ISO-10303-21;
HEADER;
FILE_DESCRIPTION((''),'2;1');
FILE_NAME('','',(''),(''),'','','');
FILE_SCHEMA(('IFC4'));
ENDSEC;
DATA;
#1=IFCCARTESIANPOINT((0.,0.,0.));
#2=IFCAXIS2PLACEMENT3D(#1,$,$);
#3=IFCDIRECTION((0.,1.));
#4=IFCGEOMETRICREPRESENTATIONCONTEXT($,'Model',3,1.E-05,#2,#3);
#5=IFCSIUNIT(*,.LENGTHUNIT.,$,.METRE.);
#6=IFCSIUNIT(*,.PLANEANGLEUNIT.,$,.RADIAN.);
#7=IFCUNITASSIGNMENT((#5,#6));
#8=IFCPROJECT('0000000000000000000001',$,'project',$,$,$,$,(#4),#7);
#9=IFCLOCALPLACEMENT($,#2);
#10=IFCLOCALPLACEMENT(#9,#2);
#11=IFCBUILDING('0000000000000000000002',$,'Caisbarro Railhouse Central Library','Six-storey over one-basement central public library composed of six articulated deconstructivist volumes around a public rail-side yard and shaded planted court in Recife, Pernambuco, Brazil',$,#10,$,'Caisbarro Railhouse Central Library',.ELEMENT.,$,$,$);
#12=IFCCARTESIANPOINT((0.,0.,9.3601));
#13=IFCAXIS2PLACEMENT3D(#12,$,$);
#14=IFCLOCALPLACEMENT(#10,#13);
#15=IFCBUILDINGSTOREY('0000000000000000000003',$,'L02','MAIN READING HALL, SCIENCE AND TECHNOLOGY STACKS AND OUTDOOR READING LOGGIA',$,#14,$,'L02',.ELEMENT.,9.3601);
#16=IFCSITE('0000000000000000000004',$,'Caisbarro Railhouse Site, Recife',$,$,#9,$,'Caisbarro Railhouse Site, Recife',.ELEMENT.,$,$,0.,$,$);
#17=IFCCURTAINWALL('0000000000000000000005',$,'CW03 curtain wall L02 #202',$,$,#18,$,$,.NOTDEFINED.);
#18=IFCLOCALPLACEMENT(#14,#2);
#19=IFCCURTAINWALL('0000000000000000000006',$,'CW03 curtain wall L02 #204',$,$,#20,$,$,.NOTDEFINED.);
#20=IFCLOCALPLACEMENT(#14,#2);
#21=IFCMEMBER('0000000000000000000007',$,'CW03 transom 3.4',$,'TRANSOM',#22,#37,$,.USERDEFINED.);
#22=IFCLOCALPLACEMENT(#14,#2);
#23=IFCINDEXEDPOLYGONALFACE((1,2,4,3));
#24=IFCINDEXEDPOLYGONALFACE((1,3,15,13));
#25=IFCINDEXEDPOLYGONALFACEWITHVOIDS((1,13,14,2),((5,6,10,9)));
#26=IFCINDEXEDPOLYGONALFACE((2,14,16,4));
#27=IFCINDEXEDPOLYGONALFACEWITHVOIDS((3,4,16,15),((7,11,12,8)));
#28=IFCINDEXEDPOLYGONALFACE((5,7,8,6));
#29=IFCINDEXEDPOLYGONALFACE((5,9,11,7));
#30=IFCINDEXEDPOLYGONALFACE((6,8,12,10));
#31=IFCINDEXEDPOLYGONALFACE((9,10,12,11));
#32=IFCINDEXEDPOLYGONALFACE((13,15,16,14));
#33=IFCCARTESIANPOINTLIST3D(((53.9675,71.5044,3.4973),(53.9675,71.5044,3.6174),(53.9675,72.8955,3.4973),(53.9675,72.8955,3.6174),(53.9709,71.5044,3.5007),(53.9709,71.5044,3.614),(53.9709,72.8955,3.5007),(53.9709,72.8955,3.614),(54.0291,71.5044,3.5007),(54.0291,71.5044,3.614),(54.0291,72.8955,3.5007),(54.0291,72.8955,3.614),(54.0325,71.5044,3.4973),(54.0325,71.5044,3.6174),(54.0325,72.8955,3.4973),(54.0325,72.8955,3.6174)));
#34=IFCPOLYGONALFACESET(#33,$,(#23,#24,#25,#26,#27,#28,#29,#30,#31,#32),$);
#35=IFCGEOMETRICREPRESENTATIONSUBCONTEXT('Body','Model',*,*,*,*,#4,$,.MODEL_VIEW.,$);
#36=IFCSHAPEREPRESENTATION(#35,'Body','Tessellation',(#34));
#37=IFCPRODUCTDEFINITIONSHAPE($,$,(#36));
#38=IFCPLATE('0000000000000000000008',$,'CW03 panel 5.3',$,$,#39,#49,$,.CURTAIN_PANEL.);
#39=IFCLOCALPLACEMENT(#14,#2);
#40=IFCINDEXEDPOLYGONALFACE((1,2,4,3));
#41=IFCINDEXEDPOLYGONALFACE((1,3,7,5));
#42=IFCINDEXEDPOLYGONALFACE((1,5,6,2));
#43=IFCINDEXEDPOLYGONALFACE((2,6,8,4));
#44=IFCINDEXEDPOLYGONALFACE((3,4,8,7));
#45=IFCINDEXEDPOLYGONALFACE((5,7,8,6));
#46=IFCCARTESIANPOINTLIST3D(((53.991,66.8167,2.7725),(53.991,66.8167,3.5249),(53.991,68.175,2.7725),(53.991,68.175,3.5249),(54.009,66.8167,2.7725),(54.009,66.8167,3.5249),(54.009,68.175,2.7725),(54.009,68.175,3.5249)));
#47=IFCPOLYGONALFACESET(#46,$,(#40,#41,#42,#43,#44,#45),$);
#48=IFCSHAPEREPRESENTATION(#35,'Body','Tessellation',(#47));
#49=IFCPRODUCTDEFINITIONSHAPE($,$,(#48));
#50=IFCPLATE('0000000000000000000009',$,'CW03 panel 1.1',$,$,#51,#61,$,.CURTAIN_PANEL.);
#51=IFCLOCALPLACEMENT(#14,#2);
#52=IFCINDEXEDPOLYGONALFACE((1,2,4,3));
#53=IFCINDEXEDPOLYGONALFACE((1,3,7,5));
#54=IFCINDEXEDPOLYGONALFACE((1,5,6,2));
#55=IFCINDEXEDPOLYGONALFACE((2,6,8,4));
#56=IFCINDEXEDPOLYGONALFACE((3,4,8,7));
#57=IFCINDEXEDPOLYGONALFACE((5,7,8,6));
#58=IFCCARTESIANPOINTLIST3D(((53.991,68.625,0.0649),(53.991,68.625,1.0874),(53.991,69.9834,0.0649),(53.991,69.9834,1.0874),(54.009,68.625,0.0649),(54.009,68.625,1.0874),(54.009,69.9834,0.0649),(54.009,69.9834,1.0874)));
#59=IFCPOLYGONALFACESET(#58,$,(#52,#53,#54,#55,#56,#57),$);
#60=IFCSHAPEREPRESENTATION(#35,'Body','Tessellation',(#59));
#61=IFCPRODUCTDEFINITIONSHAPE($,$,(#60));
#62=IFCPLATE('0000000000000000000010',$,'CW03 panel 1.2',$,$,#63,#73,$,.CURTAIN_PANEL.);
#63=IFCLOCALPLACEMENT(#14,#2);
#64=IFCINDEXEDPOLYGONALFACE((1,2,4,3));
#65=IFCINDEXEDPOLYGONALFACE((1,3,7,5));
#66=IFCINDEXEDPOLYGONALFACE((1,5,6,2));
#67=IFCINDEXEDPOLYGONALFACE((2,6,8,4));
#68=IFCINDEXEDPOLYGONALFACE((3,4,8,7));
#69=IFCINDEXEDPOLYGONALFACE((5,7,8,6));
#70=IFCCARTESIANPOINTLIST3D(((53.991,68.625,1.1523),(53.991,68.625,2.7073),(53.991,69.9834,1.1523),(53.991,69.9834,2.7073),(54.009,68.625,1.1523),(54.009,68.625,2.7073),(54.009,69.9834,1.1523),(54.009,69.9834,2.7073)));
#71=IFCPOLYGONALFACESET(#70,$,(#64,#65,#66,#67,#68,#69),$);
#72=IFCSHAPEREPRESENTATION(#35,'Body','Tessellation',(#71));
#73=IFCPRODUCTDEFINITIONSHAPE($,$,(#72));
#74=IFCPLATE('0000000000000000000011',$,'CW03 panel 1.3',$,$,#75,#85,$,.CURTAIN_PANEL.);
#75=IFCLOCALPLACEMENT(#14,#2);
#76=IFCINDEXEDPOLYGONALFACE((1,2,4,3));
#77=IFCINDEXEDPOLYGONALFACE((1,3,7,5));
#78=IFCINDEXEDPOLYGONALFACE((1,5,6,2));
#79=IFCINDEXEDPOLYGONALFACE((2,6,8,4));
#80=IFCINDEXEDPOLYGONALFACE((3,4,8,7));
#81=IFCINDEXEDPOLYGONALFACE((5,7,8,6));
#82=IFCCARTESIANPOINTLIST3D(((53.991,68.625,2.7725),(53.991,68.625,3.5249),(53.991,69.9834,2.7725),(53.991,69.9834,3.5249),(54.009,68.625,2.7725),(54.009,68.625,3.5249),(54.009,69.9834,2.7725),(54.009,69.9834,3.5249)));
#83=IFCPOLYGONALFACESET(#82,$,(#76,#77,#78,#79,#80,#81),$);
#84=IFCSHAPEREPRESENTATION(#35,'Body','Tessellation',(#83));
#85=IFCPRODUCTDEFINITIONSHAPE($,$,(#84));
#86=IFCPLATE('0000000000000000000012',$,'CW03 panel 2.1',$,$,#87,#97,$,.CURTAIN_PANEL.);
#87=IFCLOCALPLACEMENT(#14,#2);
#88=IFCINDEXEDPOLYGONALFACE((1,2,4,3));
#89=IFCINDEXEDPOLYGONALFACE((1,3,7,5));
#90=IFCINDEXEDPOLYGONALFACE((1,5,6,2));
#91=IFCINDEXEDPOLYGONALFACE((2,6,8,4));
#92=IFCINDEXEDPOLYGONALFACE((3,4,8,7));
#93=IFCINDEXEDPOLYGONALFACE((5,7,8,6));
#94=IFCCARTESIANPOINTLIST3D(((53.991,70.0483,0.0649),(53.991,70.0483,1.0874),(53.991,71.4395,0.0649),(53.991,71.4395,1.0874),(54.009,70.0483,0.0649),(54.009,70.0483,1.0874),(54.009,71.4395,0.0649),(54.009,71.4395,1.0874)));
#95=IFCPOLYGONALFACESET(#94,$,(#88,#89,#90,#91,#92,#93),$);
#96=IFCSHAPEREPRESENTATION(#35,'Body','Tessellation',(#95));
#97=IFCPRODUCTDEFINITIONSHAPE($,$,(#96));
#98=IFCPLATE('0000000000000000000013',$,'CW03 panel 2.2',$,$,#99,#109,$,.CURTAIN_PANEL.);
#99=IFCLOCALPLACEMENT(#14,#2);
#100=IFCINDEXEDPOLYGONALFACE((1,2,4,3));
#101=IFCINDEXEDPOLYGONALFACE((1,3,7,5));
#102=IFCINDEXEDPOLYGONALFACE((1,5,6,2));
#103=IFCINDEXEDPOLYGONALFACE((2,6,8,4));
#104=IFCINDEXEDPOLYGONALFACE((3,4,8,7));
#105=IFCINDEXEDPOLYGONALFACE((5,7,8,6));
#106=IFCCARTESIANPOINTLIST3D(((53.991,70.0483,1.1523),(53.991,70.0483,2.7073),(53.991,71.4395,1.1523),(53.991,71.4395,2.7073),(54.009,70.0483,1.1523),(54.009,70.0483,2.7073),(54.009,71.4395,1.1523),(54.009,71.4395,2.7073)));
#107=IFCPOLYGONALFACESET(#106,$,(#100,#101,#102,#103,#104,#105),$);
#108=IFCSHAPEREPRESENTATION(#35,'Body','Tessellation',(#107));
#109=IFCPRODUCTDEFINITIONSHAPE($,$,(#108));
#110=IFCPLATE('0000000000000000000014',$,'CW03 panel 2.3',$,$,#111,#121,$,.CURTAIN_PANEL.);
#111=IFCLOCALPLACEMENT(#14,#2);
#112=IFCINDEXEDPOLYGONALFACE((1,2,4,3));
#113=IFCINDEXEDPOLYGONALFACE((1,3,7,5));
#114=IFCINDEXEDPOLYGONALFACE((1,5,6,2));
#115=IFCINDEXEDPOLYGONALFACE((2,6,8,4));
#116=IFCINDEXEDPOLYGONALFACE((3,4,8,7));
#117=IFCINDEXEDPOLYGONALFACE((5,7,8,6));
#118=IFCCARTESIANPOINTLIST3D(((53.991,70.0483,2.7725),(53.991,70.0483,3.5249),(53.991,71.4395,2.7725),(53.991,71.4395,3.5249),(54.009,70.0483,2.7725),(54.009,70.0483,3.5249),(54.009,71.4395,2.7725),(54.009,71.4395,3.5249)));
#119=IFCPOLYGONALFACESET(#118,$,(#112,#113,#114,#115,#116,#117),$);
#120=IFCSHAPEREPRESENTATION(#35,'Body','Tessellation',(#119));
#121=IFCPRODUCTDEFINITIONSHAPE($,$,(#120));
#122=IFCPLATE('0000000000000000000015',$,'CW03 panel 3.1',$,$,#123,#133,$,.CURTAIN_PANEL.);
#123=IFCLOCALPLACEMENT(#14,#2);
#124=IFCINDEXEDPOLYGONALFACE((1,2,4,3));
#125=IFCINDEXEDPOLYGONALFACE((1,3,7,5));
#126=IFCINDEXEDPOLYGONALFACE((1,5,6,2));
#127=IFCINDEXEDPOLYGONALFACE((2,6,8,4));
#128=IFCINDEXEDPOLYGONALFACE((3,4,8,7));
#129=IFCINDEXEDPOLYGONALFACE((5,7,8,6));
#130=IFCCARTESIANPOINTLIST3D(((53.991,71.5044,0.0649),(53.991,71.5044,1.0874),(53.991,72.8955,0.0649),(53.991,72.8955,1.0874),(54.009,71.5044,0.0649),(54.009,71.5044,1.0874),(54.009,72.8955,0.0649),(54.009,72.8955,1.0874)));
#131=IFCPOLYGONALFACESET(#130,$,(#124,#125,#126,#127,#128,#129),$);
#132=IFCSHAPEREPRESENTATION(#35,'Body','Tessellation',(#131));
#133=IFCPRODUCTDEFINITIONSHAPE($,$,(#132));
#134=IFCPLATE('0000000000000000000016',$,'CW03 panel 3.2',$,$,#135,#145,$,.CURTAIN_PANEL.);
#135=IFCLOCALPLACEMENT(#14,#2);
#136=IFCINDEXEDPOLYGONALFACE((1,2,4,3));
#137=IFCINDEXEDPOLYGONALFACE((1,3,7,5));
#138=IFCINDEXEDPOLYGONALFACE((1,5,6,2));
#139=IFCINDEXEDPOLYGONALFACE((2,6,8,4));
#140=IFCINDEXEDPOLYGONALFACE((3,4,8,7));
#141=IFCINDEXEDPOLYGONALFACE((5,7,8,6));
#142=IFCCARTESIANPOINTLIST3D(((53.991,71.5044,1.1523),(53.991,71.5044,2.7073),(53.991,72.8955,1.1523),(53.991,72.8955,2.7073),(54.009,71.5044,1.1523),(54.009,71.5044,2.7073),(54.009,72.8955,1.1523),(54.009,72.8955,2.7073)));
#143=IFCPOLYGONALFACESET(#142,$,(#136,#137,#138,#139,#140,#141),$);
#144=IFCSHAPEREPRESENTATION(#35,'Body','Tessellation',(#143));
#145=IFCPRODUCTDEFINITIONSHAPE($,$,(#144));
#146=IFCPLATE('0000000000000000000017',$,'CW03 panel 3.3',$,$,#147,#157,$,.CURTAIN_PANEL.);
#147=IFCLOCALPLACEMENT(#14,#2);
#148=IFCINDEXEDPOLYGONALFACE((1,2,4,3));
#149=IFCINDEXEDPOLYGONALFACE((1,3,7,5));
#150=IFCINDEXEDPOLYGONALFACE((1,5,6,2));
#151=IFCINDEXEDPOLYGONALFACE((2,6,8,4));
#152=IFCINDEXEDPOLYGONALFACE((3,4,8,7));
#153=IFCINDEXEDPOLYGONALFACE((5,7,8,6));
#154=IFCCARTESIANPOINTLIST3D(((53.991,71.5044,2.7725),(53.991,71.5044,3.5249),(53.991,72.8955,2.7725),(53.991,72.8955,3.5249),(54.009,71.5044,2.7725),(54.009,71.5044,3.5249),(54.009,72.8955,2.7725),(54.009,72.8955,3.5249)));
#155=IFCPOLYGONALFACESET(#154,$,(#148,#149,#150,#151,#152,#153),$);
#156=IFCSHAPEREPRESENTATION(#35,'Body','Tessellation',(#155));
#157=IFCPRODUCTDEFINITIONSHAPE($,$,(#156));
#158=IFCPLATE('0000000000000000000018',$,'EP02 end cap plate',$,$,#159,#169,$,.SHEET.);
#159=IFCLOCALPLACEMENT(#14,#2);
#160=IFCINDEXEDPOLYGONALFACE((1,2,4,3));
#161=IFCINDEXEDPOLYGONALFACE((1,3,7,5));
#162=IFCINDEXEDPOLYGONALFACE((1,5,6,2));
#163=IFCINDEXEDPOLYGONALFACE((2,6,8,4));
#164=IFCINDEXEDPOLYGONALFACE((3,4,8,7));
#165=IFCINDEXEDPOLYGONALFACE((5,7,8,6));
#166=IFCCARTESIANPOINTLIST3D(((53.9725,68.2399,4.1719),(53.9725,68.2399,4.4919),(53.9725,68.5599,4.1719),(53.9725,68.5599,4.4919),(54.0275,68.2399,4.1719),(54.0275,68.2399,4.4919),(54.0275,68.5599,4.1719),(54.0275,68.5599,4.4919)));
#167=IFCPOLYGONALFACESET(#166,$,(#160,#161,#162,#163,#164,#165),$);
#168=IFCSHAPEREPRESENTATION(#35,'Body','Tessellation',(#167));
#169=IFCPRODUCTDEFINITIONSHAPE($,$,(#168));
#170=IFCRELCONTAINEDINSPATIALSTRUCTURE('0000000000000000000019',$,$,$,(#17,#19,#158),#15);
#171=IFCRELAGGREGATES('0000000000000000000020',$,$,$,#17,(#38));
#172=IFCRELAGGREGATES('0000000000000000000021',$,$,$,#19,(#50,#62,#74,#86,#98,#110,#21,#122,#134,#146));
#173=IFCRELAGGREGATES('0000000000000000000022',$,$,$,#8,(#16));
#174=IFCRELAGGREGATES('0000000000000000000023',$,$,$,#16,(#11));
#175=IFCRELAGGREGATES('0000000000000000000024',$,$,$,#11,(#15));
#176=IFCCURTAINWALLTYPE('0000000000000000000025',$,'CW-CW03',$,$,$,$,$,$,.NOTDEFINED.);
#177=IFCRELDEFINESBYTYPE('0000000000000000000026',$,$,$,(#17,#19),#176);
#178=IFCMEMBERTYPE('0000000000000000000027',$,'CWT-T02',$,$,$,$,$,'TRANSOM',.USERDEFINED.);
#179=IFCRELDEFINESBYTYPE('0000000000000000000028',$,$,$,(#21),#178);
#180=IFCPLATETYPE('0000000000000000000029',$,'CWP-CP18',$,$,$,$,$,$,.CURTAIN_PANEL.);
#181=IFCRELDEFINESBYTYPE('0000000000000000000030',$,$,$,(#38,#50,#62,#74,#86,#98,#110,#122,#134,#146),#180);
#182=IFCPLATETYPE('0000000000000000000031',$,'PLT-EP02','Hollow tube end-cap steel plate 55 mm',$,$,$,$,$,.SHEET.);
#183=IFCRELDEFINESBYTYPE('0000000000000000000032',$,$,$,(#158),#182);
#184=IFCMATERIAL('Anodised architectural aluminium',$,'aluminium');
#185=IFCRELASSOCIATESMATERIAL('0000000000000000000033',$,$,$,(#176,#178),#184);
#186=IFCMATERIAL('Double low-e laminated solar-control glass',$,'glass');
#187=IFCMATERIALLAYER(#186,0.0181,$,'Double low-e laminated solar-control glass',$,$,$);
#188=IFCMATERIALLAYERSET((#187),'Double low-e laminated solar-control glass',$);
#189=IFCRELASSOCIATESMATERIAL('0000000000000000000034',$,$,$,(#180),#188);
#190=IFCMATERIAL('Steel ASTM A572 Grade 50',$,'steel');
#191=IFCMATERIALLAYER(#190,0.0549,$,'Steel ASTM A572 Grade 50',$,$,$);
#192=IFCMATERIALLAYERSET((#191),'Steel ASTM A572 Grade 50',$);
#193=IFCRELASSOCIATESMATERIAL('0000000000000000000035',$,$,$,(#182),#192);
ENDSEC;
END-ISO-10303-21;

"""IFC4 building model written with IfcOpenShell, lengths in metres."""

from ifc_helpers import new_model, si_unit, direction, frame, origin, origin_2d, place, context, subcontext, project, spatial, rectangle, hollow_rectangle, extrude, material, layer, layer_set, material_profile, profile_set, type_object, element, aggregate, save


model = new_model("IFC4")

# Units and contexts
model_context = context("Model", 3, precision=1e-05, world=origin(), true_north=direction((0.0, 1.0)))
body_context = subcontext(model_context, "Body", "Model", "MODEL_VIEW")
ifc_project = project(units=[si_unit("LENGTHUNIT", "METRE"), si_unit("PLANEANGLEUNIT", "RADIAN")], contexts=[model_context])

# Site, building, storey
site_placement = place(None, origin())
site = spatial("IfcSite", under=ifc_project, at=site_placement, Name="Caisbarro Railhouse Site, Recife", LongName="Caisbarro Railhouse Site, Recife", CompositionType="ELEMENT", RefElevation=0.0)
building_placement = place(site_placement, origin())
building = spatial("IfcBuilding", under=site, at=building_placement, Name="Caisbarro Railhouse Central Library", Description="Six-storey over one-basement central public library composed of six articulated deconstructivist volumes around a public rail-side yard and shaded planted court in Recife, Pernambuco, Brazil", LongName="Caisbarro Railhouse Central Library", CompositionType="ELEMENT")
storey_placement = place(building_placement, frame((0.0, 0.0, 9.3601)))
storey = spatial("IfcBuildingStorey", under=building, at=storey_placement, Name="L02", Description="MAIN READING HALL, SCIENCE AND TECHNOLOGY STACKS AND OUTDOOR READING LOGGIA", LongName="L02", CompositionType="ELEMENT", Elevation=9.3601)

# Shared definitions
ifc_material_1 = material(Name="Steel ASTM A572 Grade 50", Category="steel")

# Curtain wall
ifc_material_2 = material(Name="Anodised architectural aluminium", Category="aluminium")
curtain_wall_type = type_object("IfcCurtainWallType", Name="CW-CW03", PredefinedType="NOTDEFINED", material=ifc_material_2)
curtain_wall_1_placement = place(storey_placement, origin())
curtain_wall_1 = element("IfcCurtainWall", 1, at=curtain_wall_1_placement, inside=storey, type_object=curtain_wall_type, Name="CW03 curtain wall L02 #202", PredefinedType="NOTDEFINED")

# Curtain wall, member
curtain_wall_2_placement = place(storey_placement, origin())
curtain_wall_2 = element("IfcCurtainWall", 2, at=curtain_wall_2_placement, inside=storey, type_object=curtain_wall_type, Name="CW03 curtain wall L02 #204", PredefinedType="NOTDEFINED")
ifc_material_profile_1 = material_profile(ifc_material_2, hollow_rectangle(XDim=0.0649, YDim=0.1201, WallThickness=0.0034, at=origin_2d()), Name="ALU-TRN-65X120")
ifc_profile_set_1 = profile_set([ifc_material_profile_1], Name="Anodised architectural aluminium")
member_type_1 = type_object("IfcMemberType", Name="CWT-T02", ElementType="TRANSOM", PredefinedType="USERDEFINED", material=ifc_profile_set_1)
member_1_placement = place(storey_placement, frame((54.0, 71.5044, 3.5574), z_axis=(0.0, 1.0, 0.0), x_axis=(-1.0, 0.0, 0.0)))
member_1 = element("IfcMember", 3, at=member_1_placement, type_object=member_type_1, Name="CW03 transom 3.4", ObjectType="TRANSOM", PredefinedType="USERDEFINED", context=body_context, shape_type="SweptSolid", body=[
    extrude(hollow_rectangle(XDim=0.0649, YDim=0.1201, WallThickness=0.0034, at=origin_2d()), origin(), (0.0, 0.0, 1.0), 1.3911),
])

# Plates
ifc_material_3 = material(Name="Double low-e laminated solar-control glass", Category="glass")
ifc_layer_1 = layer(ifc_material_3, 0.0181, Name="Double low-e laminated solar-control glass")
ifc_layer_set_1 = layer_set([ifc_layer_1], Name="Double low-e laminated solar-control glass")
plate_type_1 = type_object("IfcPlateType", Name="CWP-CP18", PredefinedType="CURTAIN_PANEL", material=ifc_layer_set_1)
plate_1_placement = place(storey_placement, frame((54.0, 67.4958, 2.7725), z_axis=(0.0, 0.0, 1.0), x_axis=(0.0, 1.0, 0.0)))
plate_1 = element("IfcPlate", 4, at=plate_1_placement, type_object=plate_type_1, Name="CW03 panel 5.3", PredefinedType="CURTAIN_PANEL", context=body_context, shape_type="SweptSolid", body=[
    extrude(rectangle(XDim=1.3584, YDim=0.0181, at=origin_2d()), origin(), (0.0, 0.0, 1.0), 0.7524),
])
aggregate(curtain_wall_1, [plate_1])
plate_2_placement = place(storey_placement, frame((54.0, 69.3042, 0.0649), z_axis=(0.0, 0.0, 1.0), x_axis=(0.0, 1.0, 0.0)))
plate_2 = element("IfcPlate", 5, at=plate_2_placement, type_object=plate_type_1, Name="CW03 panel 1.1", PredefinedType="CURTAIN_PANEL", context=body_context, shape_type="SweptSolid", body=[
    extrude(rectangle(XDim=1.3584, YDim=0.0181, at=origin_2d()), origin(), (0.0, 0.0, 1.0), 1.0225),
])
plate_3_placement = place(storey_placement, frame((54.0, 69.3042, 1.1523), z_axis=(0.0, 0.0, 1.0), x_axis=(0.0, 1.0, 0.0)))
plate_3 = element("IfcPlate", 6, at=plate_3_placement, type_object=plate_type_1, Name="CW03 panel 1.2", PredefinedType="CURTAIN_PANEL", context=body_context, shape_type="SweptSolid", body=[
    extrude(rectangle(XDim=1.3584, YDim=0.0181, at=origin_2d()), origin(), (0.0, 0.0, 1.0), 1.5549),
])
plate_4_placement = place(storey_placement, frame((54.0, 69.3042, 2.7725), z_axis=(0.0, 0.0, 1.0), x_axis=(0.0, 1.0, 0.0)))
plate_4 = element("IfcPlate", 7, at=plate_4_placement, type_object=plate_type_1, Name="CW03 panel 1.3", PredefinedType="CURTAIN_PANEL", context=body_context, shape_type="SweptSolid", body=[
    extrude(rectangle(XDim=1.3584, YDim=0.0181, at=origin_2d()), origin(), (0.0, 0.0, 1.0), 0.7524),
])
plate_5_placement = place(storey_placement, frame((54.0, 70.7439, 0.0649), z_axis=(0.0, 0.0, 1.0), x_axis=(0.0, 1.0, 0.0)))
plate_5 = element("IfcPlate", 8, at=plate_5_placement, type_object=plate_type_1, Name="CW03 panel 2.1", PredefinedType="CURTAIN_PANEL", context=body_context, shape_type="SweptSolid", body=[
    extrude(rectangle(XDim=1.3911, YDim=0.0181, at=origin_2d()), origin(), (0.0, 0.0, 1.0), 1.0225),
])
plate_6_placement = place(storey_placement, frame((54.0, 70.7439, 1.1523), z_axis=(0.0, 0.0, 1.0), x_axis=(0.0, 1.0, 0.0)))
plate_6 = element("IfcPlate", 9, at=plate_6_placement, type_object=plate_type_1, Name="CW03 panel 2.2", PredefinedType="CURTAIN_PANEL", context=body_context, shape_type="SweptSolid", body=[
    extrude(rectangle(XDim=1.3911, YDim=0.0181, at=origin_2d()), origin(), (0.0, 0.0, 1.0), 1.5549),
])
plate_7_placement = place(storey_placement, frame((54.0, 70.7439, 2.7725), z_axis=(0.0, 0.0, 1.0), x_axis=(0.0, 1.0, 0.0)))
plate_7 = element("IfcPlate", 10, at=plate_7_placement, type_object=plate_type_1, Name="CW03 panel 2.3", PredefinedType="CURTAIN_PANEL", context=body_context, shape_type="SweptSolid", body=[
    extrude(rectangle(XDim=1.3911, YDim=0.0181, at=origin_2d()), origin(), (0.0, 0.0, 1.0), 0.7524),
])
plate_8_placement = place(storey_placement, frame((54.0, 72.2, 0.0649), z_axis=(0.0, 0.0, 1.0), x_axis=(0.0, 1.0, 0.0)))
plate_8 = element("IfcPlate", 11, at=plate_8_placement, type_object=plate_type_1, Name="CW03 panel 3.1", PredefinedType="CURTAIN_PANEL", context=body_context, shape_type="SweptSolid", body=[
    extrude(rectangle(XDim=1.3911, YDim=0.0181, at=origin_2d()), origin(), (0.0, 0.0, 1.0), 1.0225),
])
plate_9_placement = place(storey_placement, frame((54.0, 72.2, 1.1523), z_axis=(0.0, 0.0, 1.0), x_axis=(0.0, 1.0, 0.0)))
plate_9 = element("IfcPlate", 12, at=plate_9_placement, type_object=plate_type_1, Name="CW03 panel 3.2", PredefinedType="CURTAIN_PANEL", context=body_context, shape_type="SweptSolid", body=[
    extrude(rectangle(XDim=1.3911, YDim=0.0181, at=origin_2d()), origin(), (0.0, 0.0, 1.0), 1.5549),
])
plate_10_placement = place(storey_placement, frame((54.0, 72.2, 2.7725), z_axis=(0.0, 0.0, 1.0), x_axis=(0.0, 1.0, 0.0)))
plate_10 = element("IfcPlate", 13, at=plate_10_placement, type_object=plate_type_1, Name="CW03 panel 3.3", PredefinedType="CURTAIN_PANEL", context=body_context, shape_type="SweptSolid", body=[
    extrude(rectangle(XDim=1.3911, YDim=0.0181, at=origin_2d()), origin(), (0.0, 0.0, 1.0), 0.7524),
])
aggregate(curtain_wall_2, [plate_2, plate_3, plate_4, plate_5, plate_6, plate_7, member_1, plate_8, plate_9, plate_10])
ifc_layer_2 = layer(ifc_material_1, 0.0549, Name="Steel ASTM A572 Grade 50")
ifc_layer_set_2 = layer_set([ifc_layer_2], Name="Steel ASTM A572 Grade 50")
plate_type_2 = type_object("IfcPlateType", Name="PLT-EP02", Description="Hollow tube end-cap steel plate 55 mm", PredefinedType="SHEET", material=ifc_layer_set_2)
plate_11_placement = place(storey_placement, frame((54.0, 68.3999, 4.1719), z_axis=(0.0, 0.0, 1.0), x_axis=(1.0, 0.0, 0.0)))
element("IfcPlate", 14, at=plate_11_placement, inside=storey, type_object=plate_type_2, Name="EP02 end cap plate", PredefinedType="SHEET", context=body_context, shape_type="SweptSolid", body=[
    extrude(rectangle(XDim=0.0549, YDim=0.3201, at=origin_2d()), origin(), (0.0, 0.0, 1.0), 0.3201),
])

save(model, "model.ifc")
